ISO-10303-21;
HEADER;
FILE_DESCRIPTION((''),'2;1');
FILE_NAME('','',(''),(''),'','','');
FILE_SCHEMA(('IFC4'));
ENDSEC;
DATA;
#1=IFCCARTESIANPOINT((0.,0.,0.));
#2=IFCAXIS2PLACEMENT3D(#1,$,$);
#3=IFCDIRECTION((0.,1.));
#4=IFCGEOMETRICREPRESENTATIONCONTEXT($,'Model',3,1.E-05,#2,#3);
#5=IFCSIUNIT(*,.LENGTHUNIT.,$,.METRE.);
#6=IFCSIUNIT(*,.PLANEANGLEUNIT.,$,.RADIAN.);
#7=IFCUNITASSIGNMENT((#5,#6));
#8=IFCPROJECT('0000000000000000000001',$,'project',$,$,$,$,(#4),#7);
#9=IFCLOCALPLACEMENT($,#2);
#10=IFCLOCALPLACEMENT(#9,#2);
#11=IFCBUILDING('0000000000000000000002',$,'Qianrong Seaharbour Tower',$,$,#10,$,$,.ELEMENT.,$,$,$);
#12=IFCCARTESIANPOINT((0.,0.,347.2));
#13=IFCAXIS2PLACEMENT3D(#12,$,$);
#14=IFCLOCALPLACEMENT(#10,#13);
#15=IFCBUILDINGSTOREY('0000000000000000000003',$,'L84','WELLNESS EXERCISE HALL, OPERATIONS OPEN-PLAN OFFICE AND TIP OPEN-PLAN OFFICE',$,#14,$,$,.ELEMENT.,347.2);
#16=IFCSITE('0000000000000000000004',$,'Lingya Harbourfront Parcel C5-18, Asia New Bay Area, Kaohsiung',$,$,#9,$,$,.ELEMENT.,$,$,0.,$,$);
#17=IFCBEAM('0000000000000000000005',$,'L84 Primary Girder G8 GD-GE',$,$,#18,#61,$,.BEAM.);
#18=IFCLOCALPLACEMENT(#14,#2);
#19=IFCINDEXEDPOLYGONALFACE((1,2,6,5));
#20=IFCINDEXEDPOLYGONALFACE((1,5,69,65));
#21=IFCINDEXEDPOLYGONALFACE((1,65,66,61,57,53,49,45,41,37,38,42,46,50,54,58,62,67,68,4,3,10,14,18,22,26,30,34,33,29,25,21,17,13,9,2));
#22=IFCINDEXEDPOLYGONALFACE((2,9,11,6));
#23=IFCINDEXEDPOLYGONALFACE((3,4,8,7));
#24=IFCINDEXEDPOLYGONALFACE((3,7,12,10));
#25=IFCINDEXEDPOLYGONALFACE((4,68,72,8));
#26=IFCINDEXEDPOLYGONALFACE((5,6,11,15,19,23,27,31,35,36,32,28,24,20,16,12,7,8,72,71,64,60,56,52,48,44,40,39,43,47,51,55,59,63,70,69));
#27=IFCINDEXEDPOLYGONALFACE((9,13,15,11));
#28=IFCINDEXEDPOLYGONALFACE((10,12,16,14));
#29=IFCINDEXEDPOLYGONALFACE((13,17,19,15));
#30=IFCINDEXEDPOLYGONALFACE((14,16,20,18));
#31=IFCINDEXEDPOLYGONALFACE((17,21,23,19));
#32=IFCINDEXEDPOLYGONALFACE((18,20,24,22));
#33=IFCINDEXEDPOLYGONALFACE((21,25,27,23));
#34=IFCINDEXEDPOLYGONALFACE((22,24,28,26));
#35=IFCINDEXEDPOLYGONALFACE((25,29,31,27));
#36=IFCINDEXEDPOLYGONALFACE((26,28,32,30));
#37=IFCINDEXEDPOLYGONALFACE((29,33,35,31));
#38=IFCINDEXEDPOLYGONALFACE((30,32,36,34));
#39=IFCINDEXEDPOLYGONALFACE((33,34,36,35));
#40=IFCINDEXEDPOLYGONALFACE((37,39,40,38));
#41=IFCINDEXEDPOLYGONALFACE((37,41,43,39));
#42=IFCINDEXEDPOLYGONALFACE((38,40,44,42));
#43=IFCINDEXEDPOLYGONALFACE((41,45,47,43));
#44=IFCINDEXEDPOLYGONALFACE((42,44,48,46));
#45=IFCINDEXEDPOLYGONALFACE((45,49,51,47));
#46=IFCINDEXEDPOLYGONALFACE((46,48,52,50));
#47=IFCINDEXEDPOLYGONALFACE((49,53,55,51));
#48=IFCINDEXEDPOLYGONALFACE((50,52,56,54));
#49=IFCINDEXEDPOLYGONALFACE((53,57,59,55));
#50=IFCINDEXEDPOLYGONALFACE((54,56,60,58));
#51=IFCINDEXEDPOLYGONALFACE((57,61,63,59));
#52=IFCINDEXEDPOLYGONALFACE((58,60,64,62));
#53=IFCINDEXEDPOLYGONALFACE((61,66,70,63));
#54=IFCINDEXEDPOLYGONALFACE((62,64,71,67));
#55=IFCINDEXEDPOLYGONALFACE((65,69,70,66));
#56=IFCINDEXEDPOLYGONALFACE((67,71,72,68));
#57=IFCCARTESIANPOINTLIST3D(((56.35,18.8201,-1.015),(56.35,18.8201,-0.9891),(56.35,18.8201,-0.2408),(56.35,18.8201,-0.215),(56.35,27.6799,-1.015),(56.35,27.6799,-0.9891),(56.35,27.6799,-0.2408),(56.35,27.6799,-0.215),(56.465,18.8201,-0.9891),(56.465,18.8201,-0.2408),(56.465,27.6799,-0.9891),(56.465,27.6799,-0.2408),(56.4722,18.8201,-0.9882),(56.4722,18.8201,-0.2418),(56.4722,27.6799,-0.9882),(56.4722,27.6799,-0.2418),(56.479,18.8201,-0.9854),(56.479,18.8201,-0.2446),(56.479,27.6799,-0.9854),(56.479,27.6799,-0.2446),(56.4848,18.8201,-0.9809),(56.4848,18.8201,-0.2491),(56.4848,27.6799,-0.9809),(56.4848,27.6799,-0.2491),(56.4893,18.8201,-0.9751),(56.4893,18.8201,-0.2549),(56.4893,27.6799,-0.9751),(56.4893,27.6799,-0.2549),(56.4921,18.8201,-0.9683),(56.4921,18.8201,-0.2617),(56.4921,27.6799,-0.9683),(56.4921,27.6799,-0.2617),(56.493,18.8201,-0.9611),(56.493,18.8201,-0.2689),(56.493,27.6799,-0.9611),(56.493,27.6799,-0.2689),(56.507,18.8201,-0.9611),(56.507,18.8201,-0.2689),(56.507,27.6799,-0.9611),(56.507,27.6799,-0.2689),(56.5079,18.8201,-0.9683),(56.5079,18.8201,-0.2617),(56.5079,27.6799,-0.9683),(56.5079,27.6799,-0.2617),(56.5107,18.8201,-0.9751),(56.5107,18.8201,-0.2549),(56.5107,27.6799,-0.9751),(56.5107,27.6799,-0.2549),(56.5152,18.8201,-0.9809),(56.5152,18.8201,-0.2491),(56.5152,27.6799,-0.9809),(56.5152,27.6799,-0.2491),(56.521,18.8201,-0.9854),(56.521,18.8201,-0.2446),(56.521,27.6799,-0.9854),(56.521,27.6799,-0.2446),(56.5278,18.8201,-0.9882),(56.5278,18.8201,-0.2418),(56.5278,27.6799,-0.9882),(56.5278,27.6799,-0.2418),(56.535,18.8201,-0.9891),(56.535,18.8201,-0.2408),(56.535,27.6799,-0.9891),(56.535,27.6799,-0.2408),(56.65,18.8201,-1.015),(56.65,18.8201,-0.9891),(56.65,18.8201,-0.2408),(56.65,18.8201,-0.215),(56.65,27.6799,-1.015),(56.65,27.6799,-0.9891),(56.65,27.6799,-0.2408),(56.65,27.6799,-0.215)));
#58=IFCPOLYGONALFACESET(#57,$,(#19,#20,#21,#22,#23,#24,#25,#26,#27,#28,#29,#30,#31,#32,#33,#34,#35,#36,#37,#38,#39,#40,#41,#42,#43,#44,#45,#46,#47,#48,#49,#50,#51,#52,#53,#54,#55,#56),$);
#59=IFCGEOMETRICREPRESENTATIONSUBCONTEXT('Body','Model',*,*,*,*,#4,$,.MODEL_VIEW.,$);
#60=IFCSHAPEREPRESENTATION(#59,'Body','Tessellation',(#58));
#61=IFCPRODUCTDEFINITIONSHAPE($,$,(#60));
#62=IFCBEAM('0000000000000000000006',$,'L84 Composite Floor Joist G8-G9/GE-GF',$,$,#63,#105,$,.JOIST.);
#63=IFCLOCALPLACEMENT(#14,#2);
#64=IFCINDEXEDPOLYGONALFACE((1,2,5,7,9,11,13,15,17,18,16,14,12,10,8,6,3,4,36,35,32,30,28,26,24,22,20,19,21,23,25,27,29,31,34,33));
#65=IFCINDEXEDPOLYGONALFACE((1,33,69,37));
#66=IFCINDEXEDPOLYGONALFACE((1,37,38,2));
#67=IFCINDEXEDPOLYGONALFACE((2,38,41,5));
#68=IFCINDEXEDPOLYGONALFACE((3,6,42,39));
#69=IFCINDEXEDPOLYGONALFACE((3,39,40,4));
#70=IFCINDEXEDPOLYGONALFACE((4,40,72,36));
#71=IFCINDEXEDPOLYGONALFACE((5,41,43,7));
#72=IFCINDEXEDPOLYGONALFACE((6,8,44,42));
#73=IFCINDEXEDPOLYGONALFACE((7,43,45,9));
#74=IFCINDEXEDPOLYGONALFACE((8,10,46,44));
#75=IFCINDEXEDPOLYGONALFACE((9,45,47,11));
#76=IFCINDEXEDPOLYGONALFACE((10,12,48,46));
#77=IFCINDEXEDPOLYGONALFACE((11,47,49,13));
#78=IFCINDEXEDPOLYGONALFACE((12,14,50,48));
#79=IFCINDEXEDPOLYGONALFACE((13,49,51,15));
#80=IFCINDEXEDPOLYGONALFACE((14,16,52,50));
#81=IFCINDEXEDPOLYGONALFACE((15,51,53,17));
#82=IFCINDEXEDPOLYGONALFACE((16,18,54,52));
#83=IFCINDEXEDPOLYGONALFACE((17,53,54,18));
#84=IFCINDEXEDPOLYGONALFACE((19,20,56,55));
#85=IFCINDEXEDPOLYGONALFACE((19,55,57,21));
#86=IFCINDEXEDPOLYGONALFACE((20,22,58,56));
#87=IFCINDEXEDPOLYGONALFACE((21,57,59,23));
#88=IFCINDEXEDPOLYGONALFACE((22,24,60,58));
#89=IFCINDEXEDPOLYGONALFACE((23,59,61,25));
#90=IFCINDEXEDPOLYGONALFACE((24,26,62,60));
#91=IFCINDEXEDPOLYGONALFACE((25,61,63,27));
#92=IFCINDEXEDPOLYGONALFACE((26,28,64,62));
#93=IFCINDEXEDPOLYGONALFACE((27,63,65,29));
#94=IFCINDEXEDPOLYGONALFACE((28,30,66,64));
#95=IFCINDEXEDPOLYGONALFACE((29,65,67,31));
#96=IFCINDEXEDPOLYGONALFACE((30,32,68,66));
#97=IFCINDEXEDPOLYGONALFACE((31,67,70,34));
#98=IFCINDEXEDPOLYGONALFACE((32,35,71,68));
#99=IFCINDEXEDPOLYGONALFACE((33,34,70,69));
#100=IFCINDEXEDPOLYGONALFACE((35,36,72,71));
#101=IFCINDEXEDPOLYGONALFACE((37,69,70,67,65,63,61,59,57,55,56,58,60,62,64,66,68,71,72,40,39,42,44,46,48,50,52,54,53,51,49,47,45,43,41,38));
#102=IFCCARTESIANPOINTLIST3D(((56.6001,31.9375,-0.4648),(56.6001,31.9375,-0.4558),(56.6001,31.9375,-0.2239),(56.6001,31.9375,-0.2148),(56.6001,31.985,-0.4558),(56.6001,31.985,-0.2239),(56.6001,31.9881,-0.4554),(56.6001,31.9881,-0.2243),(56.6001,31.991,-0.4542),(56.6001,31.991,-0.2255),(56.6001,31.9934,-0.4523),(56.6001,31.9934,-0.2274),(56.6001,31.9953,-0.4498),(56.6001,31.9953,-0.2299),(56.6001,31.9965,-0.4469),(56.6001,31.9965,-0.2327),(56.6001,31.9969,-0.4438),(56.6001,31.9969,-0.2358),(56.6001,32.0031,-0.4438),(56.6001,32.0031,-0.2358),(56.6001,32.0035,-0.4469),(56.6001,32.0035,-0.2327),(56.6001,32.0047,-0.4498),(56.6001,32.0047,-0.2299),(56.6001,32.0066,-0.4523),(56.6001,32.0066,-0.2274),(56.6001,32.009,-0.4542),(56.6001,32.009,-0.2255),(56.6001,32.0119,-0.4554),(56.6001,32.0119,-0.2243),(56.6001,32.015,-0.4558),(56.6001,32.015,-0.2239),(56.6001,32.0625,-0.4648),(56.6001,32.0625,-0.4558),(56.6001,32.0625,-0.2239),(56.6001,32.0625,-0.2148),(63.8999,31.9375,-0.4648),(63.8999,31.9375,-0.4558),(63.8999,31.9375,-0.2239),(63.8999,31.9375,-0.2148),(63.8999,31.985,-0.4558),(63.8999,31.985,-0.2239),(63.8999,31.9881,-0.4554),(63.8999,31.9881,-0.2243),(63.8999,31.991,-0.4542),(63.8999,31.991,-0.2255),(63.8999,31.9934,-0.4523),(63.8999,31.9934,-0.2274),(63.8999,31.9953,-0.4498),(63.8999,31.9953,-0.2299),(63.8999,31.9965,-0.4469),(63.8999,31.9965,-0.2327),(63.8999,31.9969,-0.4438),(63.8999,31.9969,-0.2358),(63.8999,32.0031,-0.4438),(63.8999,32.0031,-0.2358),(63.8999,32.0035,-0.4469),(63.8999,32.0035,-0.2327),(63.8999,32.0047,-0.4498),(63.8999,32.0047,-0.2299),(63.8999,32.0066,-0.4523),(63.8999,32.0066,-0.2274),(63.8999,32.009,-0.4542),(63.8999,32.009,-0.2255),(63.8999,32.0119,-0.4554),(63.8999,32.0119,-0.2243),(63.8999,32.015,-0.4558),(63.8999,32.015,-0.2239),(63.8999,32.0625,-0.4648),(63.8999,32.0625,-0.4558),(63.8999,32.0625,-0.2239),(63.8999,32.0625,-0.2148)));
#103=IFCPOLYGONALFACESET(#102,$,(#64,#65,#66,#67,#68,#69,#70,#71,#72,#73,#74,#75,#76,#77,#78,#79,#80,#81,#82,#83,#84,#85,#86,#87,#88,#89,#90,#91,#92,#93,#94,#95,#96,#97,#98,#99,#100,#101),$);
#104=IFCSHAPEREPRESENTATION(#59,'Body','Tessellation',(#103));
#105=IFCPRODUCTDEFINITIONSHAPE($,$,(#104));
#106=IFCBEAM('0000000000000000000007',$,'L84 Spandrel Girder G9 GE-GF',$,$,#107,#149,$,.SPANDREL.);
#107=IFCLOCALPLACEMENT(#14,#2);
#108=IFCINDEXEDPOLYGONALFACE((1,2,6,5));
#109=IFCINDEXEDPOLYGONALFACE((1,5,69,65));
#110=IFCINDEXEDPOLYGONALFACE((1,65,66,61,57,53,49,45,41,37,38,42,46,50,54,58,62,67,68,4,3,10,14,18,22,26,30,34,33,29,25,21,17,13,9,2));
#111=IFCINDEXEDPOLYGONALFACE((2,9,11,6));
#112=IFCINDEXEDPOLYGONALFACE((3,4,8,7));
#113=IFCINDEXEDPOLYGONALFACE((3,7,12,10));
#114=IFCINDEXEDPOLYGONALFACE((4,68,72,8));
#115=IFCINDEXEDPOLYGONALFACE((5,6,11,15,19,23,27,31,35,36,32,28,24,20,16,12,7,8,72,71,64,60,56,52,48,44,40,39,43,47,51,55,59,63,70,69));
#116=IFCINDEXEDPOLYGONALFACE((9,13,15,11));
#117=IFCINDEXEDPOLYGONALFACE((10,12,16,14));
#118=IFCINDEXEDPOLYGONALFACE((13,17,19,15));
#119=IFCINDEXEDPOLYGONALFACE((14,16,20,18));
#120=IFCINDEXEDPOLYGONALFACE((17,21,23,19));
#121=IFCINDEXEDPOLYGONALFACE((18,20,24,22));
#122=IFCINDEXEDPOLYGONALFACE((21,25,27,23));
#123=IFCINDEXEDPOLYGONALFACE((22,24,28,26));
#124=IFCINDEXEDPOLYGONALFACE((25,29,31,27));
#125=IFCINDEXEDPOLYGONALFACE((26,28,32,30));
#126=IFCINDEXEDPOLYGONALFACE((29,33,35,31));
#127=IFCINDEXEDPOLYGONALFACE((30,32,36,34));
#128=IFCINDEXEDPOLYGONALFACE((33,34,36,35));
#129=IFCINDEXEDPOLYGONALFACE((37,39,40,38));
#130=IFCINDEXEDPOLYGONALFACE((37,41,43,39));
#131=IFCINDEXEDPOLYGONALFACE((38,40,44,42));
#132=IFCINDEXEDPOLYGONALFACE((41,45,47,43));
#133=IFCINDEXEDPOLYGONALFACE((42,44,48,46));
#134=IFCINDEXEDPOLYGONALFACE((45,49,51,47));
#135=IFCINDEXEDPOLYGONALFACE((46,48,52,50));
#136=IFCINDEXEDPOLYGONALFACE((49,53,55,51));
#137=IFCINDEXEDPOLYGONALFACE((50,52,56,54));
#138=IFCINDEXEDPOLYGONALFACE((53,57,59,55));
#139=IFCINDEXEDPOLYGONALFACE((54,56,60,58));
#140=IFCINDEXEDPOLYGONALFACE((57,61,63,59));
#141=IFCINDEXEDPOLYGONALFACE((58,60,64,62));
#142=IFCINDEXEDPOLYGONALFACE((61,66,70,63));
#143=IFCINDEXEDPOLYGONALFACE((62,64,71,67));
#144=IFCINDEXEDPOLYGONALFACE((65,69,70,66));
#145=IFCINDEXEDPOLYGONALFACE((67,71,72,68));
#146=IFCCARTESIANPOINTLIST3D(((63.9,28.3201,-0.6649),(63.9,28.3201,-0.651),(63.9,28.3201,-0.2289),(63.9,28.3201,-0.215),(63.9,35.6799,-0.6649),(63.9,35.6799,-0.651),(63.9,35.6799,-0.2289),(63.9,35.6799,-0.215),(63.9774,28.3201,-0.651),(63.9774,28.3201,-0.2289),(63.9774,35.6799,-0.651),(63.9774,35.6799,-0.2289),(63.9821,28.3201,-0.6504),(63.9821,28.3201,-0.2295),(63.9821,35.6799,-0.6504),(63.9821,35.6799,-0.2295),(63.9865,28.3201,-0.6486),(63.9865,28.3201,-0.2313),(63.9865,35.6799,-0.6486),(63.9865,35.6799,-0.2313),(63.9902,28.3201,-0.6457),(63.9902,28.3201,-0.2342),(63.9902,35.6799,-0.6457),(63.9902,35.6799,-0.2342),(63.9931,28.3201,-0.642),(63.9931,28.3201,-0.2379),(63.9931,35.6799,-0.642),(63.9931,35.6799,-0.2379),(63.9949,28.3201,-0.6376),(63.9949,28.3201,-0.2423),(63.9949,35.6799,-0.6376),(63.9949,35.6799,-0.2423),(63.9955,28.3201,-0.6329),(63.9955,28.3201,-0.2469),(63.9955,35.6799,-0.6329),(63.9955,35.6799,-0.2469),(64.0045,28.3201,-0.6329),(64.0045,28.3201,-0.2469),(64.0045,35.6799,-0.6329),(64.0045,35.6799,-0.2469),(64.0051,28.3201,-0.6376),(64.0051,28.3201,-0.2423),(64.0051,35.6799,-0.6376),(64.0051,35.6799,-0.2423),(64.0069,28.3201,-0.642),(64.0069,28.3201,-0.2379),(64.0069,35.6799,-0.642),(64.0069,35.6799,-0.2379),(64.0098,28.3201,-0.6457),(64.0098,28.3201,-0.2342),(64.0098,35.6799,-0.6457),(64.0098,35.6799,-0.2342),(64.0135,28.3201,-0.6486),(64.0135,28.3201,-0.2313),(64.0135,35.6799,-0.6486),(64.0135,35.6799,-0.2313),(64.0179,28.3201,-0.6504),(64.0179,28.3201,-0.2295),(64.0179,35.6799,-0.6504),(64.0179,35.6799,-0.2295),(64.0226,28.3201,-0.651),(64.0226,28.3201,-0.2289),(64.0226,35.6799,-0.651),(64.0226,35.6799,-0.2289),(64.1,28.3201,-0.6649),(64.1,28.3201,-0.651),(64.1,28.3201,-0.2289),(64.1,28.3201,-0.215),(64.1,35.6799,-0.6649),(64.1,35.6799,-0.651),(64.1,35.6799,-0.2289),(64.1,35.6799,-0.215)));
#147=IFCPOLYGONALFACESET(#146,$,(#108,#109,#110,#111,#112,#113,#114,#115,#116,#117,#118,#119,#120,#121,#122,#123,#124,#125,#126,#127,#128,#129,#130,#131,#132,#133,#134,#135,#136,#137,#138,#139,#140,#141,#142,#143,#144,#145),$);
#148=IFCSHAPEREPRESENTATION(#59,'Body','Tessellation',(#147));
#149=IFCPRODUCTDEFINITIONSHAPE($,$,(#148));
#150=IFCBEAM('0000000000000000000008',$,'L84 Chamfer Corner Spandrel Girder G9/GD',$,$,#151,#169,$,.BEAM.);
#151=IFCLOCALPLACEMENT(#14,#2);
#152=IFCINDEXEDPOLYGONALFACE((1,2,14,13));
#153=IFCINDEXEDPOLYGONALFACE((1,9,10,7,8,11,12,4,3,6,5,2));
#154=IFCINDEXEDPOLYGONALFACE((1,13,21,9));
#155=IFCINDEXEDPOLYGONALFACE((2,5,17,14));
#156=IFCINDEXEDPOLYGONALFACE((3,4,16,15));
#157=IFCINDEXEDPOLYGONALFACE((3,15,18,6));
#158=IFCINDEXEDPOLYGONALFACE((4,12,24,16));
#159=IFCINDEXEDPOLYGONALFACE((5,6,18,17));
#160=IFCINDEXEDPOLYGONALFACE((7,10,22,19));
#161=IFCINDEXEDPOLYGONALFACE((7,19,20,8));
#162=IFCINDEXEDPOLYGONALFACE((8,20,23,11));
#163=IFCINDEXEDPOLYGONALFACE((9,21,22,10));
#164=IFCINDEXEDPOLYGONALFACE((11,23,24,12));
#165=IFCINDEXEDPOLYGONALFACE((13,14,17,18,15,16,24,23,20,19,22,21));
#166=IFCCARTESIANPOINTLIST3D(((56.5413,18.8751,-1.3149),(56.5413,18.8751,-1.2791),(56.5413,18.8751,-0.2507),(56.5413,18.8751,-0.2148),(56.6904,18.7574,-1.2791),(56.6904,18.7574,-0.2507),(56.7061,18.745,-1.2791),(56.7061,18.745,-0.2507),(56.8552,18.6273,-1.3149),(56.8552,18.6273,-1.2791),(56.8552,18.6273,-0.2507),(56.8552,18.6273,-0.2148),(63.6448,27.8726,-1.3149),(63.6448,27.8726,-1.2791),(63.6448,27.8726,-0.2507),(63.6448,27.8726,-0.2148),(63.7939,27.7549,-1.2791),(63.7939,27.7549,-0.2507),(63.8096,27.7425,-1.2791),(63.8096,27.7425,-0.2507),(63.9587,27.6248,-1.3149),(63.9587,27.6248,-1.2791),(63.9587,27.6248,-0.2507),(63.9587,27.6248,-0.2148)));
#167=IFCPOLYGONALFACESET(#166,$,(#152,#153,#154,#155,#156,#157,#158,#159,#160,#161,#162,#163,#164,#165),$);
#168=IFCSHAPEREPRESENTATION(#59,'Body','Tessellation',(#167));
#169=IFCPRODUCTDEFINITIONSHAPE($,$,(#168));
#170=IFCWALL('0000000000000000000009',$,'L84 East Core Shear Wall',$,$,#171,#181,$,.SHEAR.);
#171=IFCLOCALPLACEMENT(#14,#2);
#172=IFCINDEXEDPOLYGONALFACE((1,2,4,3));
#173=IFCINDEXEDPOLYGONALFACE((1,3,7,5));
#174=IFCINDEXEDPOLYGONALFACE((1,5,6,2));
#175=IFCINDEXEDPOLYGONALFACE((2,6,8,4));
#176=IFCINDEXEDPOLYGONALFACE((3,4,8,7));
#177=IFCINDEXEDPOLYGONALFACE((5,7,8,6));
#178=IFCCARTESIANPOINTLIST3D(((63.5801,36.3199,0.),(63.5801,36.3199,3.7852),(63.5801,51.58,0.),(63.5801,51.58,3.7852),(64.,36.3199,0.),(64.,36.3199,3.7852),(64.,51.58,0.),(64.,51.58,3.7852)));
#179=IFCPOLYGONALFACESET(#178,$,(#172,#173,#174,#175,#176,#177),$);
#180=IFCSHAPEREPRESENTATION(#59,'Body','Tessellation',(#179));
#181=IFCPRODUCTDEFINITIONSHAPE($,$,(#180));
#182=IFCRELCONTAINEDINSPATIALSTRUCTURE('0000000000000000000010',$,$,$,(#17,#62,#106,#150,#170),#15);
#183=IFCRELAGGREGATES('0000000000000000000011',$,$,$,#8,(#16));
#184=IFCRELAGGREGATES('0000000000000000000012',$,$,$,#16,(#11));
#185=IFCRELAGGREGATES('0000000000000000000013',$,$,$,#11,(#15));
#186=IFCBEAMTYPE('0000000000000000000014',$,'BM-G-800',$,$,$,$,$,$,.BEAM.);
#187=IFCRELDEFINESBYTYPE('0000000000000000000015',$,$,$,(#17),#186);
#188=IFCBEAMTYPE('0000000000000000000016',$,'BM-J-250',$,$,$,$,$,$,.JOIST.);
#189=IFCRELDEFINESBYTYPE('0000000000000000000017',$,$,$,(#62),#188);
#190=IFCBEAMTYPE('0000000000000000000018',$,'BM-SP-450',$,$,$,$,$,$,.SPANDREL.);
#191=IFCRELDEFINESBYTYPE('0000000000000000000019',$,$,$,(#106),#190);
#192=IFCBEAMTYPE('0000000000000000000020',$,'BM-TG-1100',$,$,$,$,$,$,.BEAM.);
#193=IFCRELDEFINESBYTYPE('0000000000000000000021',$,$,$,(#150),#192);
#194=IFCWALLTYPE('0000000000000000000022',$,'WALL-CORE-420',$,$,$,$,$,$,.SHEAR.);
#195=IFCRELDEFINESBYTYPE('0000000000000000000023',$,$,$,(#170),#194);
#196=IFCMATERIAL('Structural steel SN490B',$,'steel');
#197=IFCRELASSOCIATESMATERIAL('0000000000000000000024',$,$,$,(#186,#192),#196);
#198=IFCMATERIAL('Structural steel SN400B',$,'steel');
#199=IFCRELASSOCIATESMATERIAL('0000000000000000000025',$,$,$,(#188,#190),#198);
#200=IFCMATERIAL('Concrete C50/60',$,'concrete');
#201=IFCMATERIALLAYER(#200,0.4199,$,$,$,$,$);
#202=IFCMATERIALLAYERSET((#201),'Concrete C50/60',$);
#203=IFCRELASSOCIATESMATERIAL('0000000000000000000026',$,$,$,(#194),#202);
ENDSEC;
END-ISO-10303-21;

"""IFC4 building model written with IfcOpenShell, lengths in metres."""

from ifc_helpers import new_model, si_unit, direction, frame, frame_2d, origin, origin_2d, place, context, subcontext, project, spatial, rectangle, i_section, extrude, material, layer, layer_set, material_profile, profile_set, type_object, element, save


model = new_model("IFC4")

# Units and contexts
model_context = context("Model", 3, precision=1e-05, world=origin(), true_north=direction((0.0, 1.0)))
body_context = subcontext(model_context, "Body", "Model", "MODEL_VIEW")
ifc_project = project(units=[si_unit("LENGTHUNIT", "METRE"), si_unit("PLANEANGLEUNIT", "RADIAN")], contexts=[model_context])

# Site, building, storey
site_placement = place(None, origin())
site = spatial("IfcSite", under=ifc_project, at=site_placement, Name="Lingya Harbourfront Parcel C5-18, Asia New Bay Area, Kaohsiung", CompositionType="ELEMENT", RefElevation=0.0)
building_placement = place(site_placement, origin())
building = spatial("IfcBuilding", under=site, at=building_placement, Name="Qianrong Seaharbour Tower", CompositionType="ELEMENT")
storey_placement = place(building_placement, frame((0.0, 0.0, 347.2)))
storey = spatial("IfcBuildingStorey", under=building, at=storey_placement, Name="L84", Description="WELLNESS EXERCISE HALL, OPERATIONS OPEN-PLAN OFFICE AND TIP OPEN-PLAN OFFICE", CompositionType="ELEMENT", Elevation=347.2)

# Shared definitions
ifc_material_1 = material(Name="Structural steel SN490B", Category="steel")
ifc_material_2 = material(Name="Concrete C50/60", Category="concrete")
ifc_material_3 = material(Name="Structural steel SN400B", Category="steel")

# Beams
ifc_material_profile_1 = material_profile(ifc_material_1, i_section(OverallWidth=0.3, OverallDepth=0.8, WebThickness=0.0139, FlangeThickness=0.0259, FilletRadius=0.0281, at=origin_2d()), Name="H800x300x14x26")
ifc_profile_set_1 = profile_set([ifc_material_profile_1], Name="Structural steel SN490B")
beam_type_1 = type_object("IfcBeamType", Name="BM-G-800", PredefinedType="BEAM", material=ifc_profile_set_1)
beam_1_placement = place(storey_placement, frame((56.5, 18.8201, -0.615), z_axis=(0.0, 1.0, 0.0), x_axis=(-1.0, 0.0, 0.0)))
element("IfcBeam", 1, at=beam_1_placement, inside=storey, type_object=beam_type_1, Name="L84 Primary Girder G8 GD-GE", PredefinedType="BEAM", context=body_context, shape_type="SweptSolid", body=[
    extrude(i_section(OverallWidth=0.3, OverallDepth=0.8, WebThickness=0.0139, FlangeThickness=0.0259, FilletRadius=0.0281, at=origin_2d()), origin(), (0.0, 0.0, 1.0), 8.8599),
])
ifc_material_profile_2 = material_profile(ifc_material_3, i_section(OverallWidth=0.125, OverallDepth=0.25, WebThickness=0.0061, FlangeThickness=0.009, FilletRadius=0.012, at=origin_2d()), Name="H250x125x6x9")
ifc_profile_set_2 = profile_set([ifc_material_profile_2], Name="Structural steel SN400B")
beam_type_2 = type_object("IfcBeamType", Name="BM-J-250", PredefinedType="JOIST", material=ifc_profile_set_2)
beam_2_placement = place(storey_placement, frame((56.6001, 32.0, -0.3398), z_axis=(1.0, 0.0, 0.0), x_axis=(0.0, 1.0, 0.0)))
element("IfcBeam", 2, at=beam_2_placement, inside=storey, type_object=beam_type_2, Name="L84 Composite Floor Joist G8-G9/GE-GF", PredefinedType="JOIST", context=body_context, shape_type="SweptSolid", body=[
    extrude(i_section(OverallWidth=0.125, OverallDepth=0.25, WebThickness=0.0061, FlangeThickness=0.009, FilletRadius=0.012, at=origin_2d()), origin(), (0.0, 0.0, 1.0), 7.2998),
])
ifc_material_profile_3 = material_profile(ifc_material_3, i_section(OverallWidth=0.2, OverallDepth=0.45, WebThickness=0.009, FlangeThickness=0.0139, FilletRadius=0.0181, at=origin_2d()), Name="H450x200x9x14")
ifc_profile_set_3 = profile_set([ifc_material_profile_3], Name="Structural steel SN400B")
beam_type_3 = type_object("IfcBeamType", Name="BM-SP-450", PredefinedType="SPANDREL", material=ifc_profile_set_3)
beam_3_placement = place(storey_placement, frame((64.0, 28.3201, -0.4399), z_axis=(0.0, 1.0, 0.0), x_axis=(-1.0, 0.0, 0.0)))
element("IfcBeam", 3, at=beam_3_placement, inside=storey, type_object=beam_type_3, Name="L84 Spandrel Girder G9 GE-GF", PredefinedType="SPANDREL", context=body_context, shape_type="SweptSolid", body=[
    extrude(i_section(OverallWidth=0.2, OverallDepth=0.45, WebThickness=0.009, FlangeThickness=0.0139, FilletRadius=0.0181, at=origin_2d()), origin(), (0.0, 0.0, 1.0), 7.3599),
])
ifc_material_profile_4 = material_profile(ifc_material_1, i_section(OverallWidth=0.3999, OverallDepth=1.1001, WebThickness=0.02, FlangeThickness=0.0359, at=origin_2d()), Name="BH1100x400x20x36")
ifc_profile_set_4 = profile_set([ifc_material_profile_4], Name="Structural steel SN490B")
beam_type_4 = type_object("IfcBeamType", Name="BM-TG-1100", PredefinedType="BEAM", material=ifc_profile_set_4)
beam_4_placement = place(storey_placement, frame((56.6982, 18.7512, -0.7649), z_axis=(0.619654, 0.784875, 0.0), x_axis=(-0.784875, 0.619654, 0.0)))
element("IfcBeam", 4, at=beam_4_placement, inside=storey, type_object=beam_type_4, Name="L84 Chamfer Corner Spandrel Girder G9/GD", PredefinedType="BEAM", context=body_context, shape_type="SweptSolid", body=[
    extrude(i_section(OverallWidth=0.3999, OverallDepth=1.1001, WebThickness=0.02, FlangeThickness=0.0359, at=origin_2d()), origin(), (0.0, 0.0, 1.0), 11.4636),
])

# Wall
ifc_layer_1 = layer(ifc_material_2, 0.4199)
ifc_layer_set_1 = layer_set([ifc_layer_1], Name="Concrete C50/60")
wall_type_1 = type_object("IfcWallType", Name="WALL-CORE-420", PredefinedType="SHEAR", material=ifc_layer_set_1)
wall_1_placement = place(storey_placement, frame((63.79, 36.3201, 0.0), z_axis=(0.0, 0.0, 1.0), x_axis=(0.0, 1.0, 0.0)))
element("IfcWall", 5, at=wall_1_placement, inside=storey, type_object=wall_type_1, Name="L84 East Core Shear Wall", PredefinedType="SHEAR", context=body_context, shape_type="SweptSolid", body=[
    extrude(rectangle(XDim=15.26, YDim=0.4199, at=frame_2d((7.6299, 0.0))), origin(), (0.0, 0.0, 1.0), 3.7852),
])

save(model, "model.ifc")
